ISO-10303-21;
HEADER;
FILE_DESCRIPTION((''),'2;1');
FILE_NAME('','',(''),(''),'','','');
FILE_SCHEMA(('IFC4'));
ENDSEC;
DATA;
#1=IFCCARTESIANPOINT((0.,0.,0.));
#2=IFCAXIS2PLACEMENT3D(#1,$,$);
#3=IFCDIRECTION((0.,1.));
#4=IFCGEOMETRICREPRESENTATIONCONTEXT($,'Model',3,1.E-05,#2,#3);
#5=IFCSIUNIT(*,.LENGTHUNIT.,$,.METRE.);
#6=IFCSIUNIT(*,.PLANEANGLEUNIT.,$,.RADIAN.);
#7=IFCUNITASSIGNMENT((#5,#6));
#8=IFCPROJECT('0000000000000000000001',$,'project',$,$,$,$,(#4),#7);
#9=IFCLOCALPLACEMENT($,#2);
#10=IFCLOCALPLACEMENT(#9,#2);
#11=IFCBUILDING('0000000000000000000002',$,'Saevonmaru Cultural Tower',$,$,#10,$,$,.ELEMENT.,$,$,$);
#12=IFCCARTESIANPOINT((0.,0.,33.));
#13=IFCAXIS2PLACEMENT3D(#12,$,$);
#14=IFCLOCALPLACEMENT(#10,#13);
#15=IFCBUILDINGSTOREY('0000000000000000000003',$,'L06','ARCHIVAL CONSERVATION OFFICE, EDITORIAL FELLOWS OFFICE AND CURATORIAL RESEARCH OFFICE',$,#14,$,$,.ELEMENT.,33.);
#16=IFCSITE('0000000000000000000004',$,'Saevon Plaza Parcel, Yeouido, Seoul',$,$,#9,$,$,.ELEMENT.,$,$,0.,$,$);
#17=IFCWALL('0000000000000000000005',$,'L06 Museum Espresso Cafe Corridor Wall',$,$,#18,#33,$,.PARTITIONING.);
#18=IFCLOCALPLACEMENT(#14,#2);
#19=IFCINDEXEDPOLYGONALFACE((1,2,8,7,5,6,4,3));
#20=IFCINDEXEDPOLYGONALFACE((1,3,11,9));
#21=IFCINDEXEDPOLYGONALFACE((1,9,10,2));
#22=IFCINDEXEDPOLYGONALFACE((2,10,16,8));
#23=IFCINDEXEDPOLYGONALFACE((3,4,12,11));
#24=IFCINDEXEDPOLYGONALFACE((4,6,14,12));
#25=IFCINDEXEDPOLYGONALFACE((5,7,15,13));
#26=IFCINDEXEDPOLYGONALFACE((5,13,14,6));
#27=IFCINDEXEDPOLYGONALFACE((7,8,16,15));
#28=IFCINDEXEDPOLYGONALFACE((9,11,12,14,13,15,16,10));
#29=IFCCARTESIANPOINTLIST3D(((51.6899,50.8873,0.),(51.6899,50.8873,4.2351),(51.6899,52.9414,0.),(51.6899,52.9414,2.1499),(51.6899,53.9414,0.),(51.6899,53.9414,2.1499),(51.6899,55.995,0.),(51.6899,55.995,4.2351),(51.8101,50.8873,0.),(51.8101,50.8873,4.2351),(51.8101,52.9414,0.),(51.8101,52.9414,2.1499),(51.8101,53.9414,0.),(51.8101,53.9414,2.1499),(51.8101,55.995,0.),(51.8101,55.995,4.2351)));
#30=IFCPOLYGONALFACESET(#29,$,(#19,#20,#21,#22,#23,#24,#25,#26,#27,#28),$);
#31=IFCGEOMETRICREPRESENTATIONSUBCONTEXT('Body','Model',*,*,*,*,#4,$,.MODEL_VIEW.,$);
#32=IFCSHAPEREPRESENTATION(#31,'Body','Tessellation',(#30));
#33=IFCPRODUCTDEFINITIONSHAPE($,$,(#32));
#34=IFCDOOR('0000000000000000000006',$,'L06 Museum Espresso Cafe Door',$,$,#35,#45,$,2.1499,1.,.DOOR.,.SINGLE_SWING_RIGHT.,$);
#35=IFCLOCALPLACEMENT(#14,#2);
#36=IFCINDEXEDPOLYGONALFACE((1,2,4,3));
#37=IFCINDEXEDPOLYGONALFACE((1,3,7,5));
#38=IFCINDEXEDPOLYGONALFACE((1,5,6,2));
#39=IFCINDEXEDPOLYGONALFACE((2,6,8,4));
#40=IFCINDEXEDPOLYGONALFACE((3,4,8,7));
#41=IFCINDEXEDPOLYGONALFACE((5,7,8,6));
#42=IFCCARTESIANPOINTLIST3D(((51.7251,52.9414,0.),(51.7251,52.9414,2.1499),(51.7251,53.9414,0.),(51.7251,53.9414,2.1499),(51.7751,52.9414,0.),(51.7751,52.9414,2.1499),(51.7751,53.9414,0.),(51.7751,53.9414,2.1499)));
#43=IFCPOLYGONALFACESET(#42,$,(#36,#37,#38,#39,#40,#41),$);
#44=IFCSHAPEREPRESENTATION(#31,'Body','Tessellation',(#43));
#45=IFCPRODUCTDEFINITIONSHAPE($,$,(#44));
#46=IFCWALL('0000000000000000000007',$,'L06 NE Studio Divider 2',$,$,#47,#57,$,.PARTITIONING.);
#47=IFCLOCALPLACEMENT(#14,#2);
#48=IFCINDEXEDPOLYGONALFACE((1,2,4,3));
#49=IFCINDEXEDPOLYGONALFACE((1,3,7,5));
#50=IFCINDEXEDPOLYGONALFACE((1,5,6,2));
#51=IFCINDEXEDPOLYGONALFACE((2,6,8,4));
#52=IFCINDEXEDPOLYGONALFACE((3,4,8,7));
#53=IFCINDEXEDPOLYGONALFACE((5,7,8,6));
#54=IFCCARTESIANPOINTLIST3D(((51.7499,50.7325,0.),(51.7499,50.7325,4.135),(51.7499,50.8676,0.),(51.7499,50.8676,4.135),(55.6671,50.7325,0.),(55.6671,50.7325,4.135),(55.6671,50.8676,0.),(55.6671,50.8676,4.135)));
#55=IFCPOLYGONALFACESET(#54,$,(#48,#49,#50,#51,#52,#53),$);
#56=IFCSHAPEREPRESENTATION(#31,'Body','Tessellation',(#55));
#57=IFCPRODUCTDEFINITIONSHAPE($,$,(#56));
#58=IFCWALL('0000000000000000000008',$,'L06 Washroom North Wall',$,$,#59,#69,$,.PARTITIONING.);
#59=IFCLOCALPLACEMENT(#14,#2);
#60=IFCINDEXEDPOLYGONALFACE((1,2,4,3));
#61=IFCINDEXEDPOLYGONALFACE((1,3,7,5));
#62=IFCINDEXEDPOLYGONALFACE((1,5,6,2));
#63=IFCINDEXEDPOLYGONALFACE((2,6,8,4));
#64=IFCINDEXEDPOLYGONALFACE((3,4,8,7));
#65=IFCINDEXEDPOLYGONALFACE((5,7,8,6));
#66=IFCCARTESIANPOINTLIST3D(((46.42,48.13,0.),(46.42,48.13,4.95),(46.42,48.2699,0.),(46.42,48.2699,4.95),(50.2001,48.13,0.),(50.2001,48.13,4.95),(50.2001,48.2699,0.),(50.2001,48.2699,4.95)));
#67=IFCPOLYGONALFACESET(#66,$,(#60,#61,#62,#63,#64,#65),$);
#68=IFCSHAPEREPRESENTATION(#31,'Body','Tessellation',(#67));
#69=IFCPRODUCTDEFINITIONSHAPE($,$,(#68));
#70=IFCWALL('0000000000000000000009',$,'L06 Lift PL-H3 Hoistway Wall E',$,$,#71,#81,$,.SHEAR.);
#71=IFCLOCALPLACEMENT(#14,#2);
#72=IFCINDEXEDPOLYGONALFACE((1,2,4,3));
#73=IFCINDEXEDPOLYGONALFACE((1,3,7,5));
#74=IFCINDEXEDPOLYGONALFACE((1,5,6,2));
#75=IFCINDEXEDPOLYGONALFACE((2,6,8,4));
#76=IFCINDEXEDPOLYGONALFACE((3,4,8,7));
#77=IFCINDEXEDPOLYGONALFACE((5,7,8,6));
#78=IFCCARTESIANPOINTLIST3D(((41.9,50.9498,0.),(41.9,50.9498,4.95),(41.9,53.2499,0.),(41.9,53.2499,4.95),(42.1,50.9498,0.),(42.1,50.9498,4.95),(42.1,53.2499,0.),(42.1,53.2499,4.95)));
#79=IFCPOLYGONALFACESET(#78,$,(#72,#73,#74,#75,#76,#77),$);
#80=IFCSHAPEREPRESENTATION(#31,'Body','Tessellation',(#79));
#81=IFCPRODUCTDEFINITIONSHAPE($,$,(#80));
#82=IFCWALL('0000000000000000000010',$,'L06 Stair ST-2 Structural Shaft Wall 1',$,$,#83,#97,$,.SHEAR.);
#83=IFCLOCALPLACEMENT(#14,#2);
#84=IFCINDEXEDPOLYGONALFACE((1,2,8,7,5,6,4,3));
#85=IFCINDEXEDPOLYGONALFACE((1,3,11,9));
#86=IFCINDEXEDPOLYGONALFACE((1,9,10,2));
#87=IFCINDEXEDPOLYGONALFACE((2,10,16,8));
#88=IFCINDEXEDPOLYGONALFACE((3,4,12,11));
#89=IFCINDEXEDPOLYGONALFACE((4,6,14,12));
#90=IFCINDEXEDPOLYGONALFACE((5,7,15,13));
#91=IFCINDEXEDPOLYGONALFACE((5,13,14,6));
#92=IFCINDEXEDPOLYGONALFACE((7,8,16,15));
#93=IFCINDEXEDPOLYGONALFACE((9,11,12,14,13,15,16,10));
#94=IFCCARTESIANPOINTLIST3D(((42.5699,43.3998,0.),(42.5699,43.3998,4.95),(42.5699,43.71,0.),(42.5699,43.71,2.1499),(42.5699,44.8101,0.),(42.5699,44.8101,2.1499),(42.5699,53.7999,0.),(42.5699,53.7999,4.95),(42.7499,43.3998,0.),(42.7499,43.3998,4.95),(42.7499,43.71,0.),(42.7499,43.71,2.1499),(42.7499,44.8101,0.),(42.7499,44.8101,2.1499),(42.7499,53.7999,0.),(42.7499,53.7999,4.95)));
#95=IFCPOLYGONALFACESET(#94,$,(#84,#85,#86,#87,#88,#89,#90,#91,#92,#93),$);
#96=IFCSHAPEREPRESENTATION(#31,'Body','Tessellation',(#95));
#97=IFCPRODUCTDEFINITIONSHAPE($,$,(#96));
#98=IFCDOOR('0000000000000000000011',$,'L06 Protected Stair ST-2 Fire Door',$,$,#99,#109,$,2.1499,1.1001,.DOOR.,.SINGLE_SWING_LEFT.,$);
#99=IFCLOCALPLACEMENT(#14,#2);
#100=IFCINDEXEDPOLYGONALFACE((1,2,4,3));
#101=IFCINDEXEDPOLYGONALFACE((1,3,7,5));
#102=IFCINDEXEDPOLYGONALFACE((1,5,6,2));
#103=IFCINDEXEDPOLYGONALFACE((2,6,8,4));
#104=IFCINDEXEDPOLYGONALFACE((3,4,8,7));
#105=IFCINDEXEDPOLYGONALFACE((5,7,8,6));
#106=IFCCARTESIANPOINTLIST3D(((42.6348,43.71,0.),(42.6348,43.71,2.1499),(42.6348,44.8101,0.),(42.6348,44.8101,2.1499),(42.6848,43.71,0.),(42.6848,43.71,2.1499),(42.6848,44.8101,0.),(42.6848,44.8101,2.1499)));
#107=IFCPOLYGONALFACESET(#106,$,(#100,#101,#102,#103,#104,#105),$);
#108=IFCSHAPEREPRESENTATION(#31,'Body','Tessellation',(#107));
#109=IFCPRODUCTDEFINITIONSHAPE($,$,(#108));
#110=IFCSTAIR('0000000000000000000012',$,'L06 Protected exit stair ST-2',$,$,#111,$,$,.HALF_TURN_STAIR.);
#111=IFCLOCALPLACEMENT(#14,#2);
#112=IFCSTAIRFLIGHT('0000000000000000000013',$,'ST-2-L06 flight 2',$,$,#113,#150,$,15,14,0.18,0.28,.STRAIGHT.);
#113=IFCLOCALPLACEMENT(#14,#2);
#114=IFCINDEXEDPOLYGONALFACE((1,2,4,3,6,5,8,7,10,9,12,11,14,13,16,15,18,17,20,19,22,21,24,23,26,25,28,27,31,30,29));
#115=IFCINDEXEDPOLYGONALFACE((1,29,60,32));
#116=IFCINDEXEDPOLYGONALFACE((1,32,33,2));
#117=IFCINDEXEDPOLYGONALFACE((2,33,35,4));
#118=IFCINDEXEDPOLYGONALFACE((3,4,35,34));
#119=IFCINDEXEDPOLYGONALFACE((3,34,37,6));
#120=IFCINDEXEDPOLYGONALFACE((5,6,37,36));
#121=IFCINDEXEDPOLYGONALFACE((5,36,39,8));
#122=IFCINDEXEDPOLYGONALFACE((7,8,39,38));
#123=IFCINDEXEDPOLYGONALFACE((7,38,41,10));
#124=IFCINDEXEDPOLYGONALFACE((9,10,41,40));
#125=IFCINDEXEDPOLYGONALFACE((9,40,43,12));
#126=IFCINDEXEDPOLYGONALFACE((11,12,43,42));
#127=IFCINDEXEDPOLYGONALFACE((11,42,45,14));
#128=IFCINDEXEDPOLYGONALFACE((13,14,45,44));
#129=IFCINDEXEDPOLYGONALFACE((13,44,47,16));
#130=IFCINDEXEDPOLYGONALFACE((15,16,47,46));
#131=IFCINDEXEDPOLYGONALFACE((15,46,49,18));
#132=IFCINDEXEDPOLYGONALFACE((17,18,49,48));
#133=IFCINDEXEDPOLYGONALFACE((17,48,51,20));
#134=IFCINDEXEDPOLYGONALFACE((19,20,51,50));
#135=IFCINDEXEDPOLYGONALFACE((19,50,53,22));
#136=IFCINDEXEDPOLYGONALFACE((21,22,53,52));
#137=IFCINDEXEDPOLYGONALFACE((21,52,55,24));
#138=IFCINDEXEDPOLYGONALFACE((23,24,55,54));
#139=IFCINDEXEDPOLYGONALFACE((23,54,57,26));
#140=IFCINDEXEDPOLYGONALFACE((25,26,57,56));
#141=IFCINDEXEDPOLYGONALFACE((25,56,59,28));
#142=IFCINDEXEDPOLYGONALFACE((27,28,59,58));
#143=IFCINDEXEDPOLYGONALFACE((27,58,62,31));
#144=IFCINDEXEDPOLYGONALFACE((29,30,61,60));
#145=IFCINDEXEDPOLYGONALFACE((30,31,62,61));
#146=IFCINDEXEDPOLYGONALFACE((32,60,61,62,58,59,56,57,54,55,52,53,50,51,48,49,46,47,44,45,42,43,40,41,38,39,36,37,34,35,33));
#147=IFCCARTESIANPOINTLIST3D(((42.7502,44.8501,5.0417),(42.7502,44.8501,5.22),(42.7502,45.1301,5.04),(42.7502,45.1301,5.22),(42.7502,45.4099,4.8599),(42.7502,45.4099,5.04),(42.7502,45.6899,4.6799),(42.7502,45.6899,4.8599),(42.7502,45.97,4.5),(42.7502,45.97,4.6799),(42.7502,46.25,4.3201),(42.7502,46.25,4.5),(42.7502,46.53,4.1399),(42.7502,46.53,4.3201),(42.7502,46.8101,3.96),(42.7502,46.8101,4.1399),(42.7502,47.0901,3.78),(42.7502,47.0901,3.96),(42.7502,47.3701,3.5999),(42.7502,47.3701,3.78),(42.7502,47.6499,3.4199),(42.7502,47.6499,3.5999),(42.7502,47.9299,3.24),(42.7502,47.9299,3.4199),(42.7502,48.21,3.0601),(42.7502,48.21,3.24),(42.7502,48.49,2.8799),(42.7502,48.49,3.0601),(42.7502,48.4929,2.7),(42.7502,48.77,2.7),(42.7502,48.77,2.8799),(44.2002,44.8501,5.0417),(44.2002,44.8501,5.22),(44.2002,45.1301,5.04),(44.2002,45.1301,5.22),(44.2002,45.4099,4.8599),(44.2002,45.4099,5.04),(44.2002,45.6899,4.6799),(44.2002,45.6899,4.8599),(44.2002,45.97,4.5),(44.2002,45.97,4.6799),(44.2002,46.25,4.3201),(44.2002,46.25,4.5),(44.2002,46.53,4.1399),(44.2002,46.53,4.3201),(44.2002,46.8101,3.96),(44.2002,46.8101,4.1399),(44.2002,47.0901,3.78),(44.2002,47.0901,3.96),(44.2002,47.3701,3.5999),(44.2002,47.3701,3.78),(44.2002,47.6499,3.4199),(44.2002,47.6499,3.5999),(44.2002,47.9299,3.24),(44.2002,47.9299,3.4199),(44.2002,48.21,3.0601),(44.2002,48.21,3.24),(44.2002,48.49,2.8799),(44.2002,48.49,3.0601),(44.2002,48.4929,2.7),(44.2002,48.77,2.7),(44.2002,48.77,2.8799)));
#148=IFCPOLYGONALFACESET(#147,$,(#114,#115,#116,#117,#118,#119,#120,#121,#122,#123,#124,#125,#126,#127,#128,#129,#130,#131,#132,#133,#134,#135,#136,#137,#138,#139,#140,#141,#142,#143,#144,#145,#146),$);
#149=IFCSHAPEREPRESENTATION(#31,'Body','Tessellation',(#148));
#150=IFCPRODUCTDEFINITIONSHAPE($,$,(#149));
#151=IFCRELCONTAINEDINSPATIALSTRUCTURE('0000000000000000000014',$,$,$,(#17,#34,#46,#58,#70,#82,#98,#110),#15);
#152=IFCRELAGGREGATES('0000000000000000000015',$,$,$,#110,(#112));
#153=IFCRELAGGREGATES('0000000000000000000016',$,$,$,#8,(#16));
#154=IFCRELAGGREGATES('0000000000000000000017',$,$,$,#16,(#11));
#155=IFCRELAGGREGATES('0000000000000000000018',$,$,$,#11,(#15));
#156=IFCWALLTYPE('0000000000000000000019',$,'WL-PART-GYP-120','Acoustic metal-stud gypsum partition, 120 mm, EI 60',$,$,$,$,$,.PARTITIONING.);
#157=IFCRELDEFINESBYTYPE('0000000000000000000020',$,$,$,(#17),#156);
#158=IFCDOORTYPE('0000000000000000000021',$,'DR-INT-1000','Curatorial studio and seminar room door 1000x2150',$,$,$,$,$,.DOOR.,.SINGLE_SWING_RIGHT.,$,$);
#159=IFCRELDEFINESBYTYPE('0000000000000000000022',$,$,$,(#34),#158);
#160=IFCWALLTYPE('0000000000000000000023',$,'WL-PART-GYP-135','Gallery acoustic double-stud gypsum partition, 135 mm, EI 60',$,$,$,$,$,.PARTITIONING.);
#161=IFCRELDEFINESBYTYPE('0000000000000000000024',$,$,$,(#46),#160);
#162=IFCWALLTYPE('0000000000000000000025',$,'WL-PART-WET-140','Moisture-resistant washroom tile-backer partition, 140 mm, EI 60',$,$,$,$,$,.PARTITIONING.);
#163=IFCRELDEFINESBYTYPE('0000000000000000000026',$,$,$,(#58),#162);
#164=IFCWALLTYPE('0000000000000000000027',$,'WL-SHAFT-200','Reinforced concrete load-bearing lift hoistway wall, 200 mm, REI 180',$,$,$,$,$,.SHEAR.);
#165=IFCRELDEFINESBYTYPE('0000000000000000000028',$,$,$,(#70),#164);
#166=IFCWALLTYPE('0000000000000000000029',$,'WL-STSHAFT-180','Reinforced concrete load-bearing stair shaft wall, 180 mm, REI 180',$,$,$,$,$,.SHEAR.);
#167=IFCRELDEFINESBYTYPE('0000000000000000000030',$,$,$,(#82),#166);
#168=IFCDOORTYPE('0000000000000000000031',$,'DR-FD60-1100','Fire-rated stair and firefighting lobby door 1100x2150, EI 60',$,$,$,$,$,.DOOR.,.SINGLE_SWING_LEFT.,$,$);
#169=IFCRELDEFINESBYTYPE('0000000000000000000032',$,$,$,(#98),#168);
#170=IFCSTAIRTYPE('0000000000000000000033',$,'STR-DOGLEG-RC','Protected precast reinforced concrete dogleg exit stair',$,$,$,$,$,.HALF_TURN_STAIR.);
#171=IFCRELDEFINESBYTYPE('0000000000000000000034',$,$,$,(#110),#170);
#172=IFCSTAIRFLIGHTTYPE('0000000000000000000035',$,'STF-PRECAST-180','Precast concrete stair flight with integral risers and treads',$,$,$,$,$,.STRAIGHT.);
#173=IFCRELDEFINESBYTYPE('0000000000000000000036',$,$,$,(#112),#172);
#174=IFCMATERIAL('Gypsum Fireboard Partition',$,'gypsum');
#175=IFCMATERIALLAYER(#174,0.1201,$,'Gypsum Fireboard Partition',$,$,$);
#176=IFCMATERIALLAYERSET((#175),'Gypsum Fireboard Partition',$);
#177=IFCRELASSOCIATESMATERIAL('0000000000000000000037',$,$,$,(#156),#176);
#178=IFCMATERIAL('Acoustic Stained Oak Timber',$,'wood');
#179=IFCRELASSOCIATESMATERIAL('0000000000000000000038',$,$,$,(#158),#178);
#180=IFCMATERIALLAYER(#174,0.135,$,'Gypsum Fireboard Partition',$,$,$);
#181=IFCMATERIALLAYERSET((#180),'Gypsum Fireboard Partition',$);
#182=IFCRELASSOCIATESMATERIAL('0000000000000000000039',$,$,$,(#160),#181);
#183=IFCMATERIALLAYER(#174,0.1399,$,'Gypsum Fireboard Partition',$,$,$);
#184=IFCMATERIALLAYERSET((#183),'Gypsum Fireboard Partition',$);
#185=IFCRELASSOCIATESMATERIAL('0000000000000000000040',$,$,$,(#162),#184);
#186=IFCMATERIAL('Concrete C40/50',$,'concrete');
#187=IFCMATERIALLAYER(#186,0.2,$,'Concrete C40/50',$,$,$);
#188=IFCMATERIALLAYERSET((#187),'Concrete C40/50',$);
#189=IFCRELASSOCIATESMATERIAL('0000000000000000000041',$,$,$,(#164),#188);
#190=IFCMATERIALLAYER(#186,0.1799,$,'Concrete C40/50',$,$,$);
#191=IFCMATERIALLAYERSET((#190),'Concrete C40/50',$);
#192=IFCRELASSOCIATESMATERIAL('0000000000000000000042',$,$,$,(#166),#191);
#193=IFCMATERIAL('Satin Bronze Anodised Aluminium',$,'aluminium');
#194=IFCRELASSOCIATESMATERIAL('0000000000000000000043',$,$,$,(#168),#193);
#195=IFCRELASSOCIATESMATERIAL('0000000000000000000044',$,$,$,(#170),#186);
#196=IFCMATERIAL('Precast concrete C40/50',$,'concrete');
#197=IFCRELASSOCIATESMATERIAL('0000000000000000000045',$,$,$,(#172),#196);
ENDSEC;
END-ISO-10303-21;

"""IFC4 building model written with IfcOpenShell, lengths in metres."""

from ifc_helpers import new_model, si_unit, direction, frame, frame_2d, origin, place, context, subcontext, project, spatial, polyline, rectangle, outline, extrude, material, layer, layer_set, type_object, element, fill, aggregate, save


model = new_model("IFC4")

# Units and contexts
model_context = context("Model", 3, precision=1e-05, world=origin(), true_north=direction((0.0, 1.0)))
body_context = subcontext(model_context, "Body", "Model", "MODEL_VIEW")
ifc_project = project(units=[si_unit("LENGTHUNIT", "METRE"), si_unit("PLANEANGLEUNIT", "RADIAN")], contexts=[model_context])

# Site, building, storey
site_placement = place(None, origin())
site = spatial("IfcSite", under=ifc_project, at=site_placement, Name="Saevon Plaza Parcel, Yeouido, Seoul", CompositionType="ELEMENT", RefElevation=0.0)
building_placement = place(site_placement, origin())
building = spatial("IfcBuilding", under=site, at=building_placement, Name="Saevonmaru Cultural Tower", CompositionType="ELEMENT")
storey_placement = place(building_placement, frame((0.0, 0.0, 33.0)))
storey = spatial("IfcBuildingStorey", under=building, at=storey_placement, Name="L06", Description="ARCHIVAL CONSERVATION OFFICE, EDITORIAL FELLOWS OFFICE AND CURATORIAL RESEARCH OFFICE", CompositionType="ELEMENT", Elevation=33.0)

# Shared definitions
ifc_material_1 = material(Name="Satin Bronze Anodised Aluminium", Category="aluminium")

# Wall, opening, door
ifc_material_2 = material(Name="Gypsum Fireboard Partition", Category="gypsum")
ifc_layer_1 = layer(ifc_material_2, 0.1201, Name="Gypsum Fireboard Partition")
ifc_layer_set_1 = layer_set([ifc_layer_1], Name="Gypsum Fireboard Partition")
wall_type_1 = type_object("IfcWallType", Name="WL-PART-GYP-120", Description="Acoustic metal-stud gypsum partition, 120 mm, EI 60", PredefinedType="PARTITIONING", material=ifc_layer_set_1)
ifc_material_3 = material(Name="Acoustic Stained Oak Timber", Category="wood")
wall_1_placement = place(storey_placement, frame((51.75, 50.8875, 0.0), z_axis=(0.0, 0.0, 1.0), x_axis=(0.0, 1.0, 0.0)))
wall_1 = element("IfcWall", 1, at=wall_1_placement, inside=storey, type_object=wall_type_1, Name="L06 Museum Espresso Cafe Corridor Wall", PredefinedType="PARTITIONING", context=body_context, shape_type="SweptSolid", body=[
    extrude(rectangle(XDim=5.1077, YDim=0.1201, at=frame_2d((2.5537, 0.0))), origin(), (0.0, 0.0, 1.0), 4.2351),
])
opening_1_placement = place(wall_1_placement, frame((2.054, 0.0, 0.0)))
opening_1 = element("IfcOpeningElement", 2, at=opening_1_placement, cuts=wall_1, PredefinedType="OPENING", context=body_context, shape_type="SweptSolid", body=[
    extrude(rectangle(XDim=1.0, YDim=2.1499, at=frame_2d((0.5, 1.075))), frame((0.0, 0.0701, 0.0), z_axis=(0.0, -1.0, 0.0), x_axis=(1.0, 0.0, 0.0)), (0.0, 0.0, 1.0), 0.1401),
])
door_type_1 = type_object("IfcDoorType", Name="DR-INT-1000", Description="Curatorial studio and seminar room door 1000x2150", OperationType="SINGLE_SWING_RIGHT", PredefinedType="DOOR", material=ifc_material_3)
door_1_placement = place(opening_1_placement, origin())
door_1 = element("IfcDoor", 3, at=door_1_placement, inside=storey, type_object=door_type_1, Name="L06 Museum Espresso Cafe Door", OperationType="SINGLE_SWING_RIGHT", OverallHeight=2.1499, OverallWidth=1.0, PredefinedType="DOOR", context=body_context, shape_type="SweptSolid", body=[
    extrude(rectangle(XDim=1.0, YDim=2.1499, at=frame_2d((0.5, 1.075))), frame((0.0, 0.0249, 0.0), z_axis=(0.0, -1.0, 0.0), x_axis=(1.0, 0.0, 0.0)), (0.0, 0.0, 1.0), 0.05),
])
fill(opening_1, door_1)

# Walls
ifc_layer_2 = layer(ifc_material_2, 0.135, Name="Gypsum Fireboard Partition")
ifc_layer_set_2 = layer_set([ifc_layer_2], Name="Gypsum Fireboard Partition")
wall_type_2 = type_object("IfcWallType", Name="WL-PART-GYP-135", Description="Gallery acoustic double-stud gypsum partition, 135 mm, EI 60", PredefinedType="PARTITIONING", material=ifc_layer_set_2)
wall_2_placement = place(storey_placement, frame((51.75, 50.8, 0.0), z_axis=(0.0, 0.0, 1.0), x_axis=(1.0, 0.0, 0.0)))
element("IfcWall", 4, at=wall_2_placement, inside=storey, type_object=wall_type_2, Name="L06 NE Studio Divider 2", PredefinedType="PARTITIONING", context=body_context, shape_type="SweptSolid", body=[
    extrude(rectangle(XDim=3.9172, YDim=0.135, at=frame_2d((1.9585, 0.0))), origin(), (0.0, 0.0, 1.0), 4.135),
])
ifc_layer_3 = layer(ifc_material_2, 0.1399, Name="Gypsum Fireboard Partition")
ifc_layer_set_3 = layer_set([ifc_layer_3], Name="Gypsum Fireboard Partition")
wall_type_3 = type_object("IfcWallType", Name="WL-PART-WET-140", Description="Moisture-resistant washroom tile-backer partition, 140 mm, EI 60", PredefinedType="PARTITIONING", material=ifc_layer_set_3)
wall_3_placement = place(storey_placement, frame((46.4199, 48.2, 0.0), z_axis=(0.0, 0.0, 1.0), x_axis=(1.0, 0.0, 0.0)))
element("IfcWall", 5, at=wall_3_placement, inside=storey, type_object=wall_type_3, Name="L06 Washroom North Wall", PredefinedType="PARTITIONING", context=body_context, shape_type="SweptSolid", body=[
    extrude(rectangle(XDim=3.78, YDim=0.1399, at=frame_2d((1.8901, 0.0))), origin(), (0.0, 0.0, 1.0), 4.95),
])
ifc_material_4 = material(Name="Concrete C40/50", Category="concrete")
ifc_layer_4 = layer(ifc_material_4, 0.2, Name="Concrete C40/50")
ifc_layer_set_4 = layer_set([ifc_layer_4], Name="Concrete C40/50")
wall_type_4 = type_object("IfcWallType", Name="WL-SHAFT-200", Description="Reinforced concrete load-bearing lift hoistway wall, 200 mm, REI 180", PredefinedType="SHEAR", material=ifc_layer_set_4)
wall_4_placement = place(storey_placement, frame((42.0, 50.95, 0.0), z_axis=(0.0, 0.0, 1.0), x_axis=(0.0, 1.0, 0.0)))
element("IfcWall", 6, at=wall_4_placement, inside=storey, type_object=wall_type_4, Name="L06 Lift PL-H3 Hoistway Wall E", PredefinedType="SHEAR", context=body_context, shape_type="SweptSolid", body=[
    extrude(rectangle(XDim=2.3, YDim=0.2, at=frame_2d((1.1499, 0.0))), origin(), (0.0, 0.0, 1.0), 4.95),
])

# Wall, opening, door
ifc_layer_5 = layer(ifc_material_4, 0.1799, Name="Concrete C40/50")
ifc_layer_set_5 = layer_set([ifc_layer_5], Name="Concrete C40/50")
wall_type_5 = type_object("IfcWallType", Name="WL-STSHAFT-180", Description="Reinforced concrete load-bearing stair shaft wall, 180 mm, REI 180", PredefinedType="SHEAR", material=ifc_layer_set_5)
wall_5_placement = place(storey_placement, frame((42.6599, 53.8, 0.0), z_axis=(0.0, 0.0, 1.0), x_axis=(0.0, -1.0, 0.0)))
wall_5 = element("IfcWall", 7, at=wall_5_placement, inside=storey, type_object=wall_type_5, Name="L06 Stair ST-2 Structural Shaft Wall 1", PredefinedType="SHEAR", context=body_context, shape_type="SweptSolid", body=[
    extrude(rectangle(XDim=10.4001, YDim=0.1799, at=frame_2d((5.2002, 0.0))), origin(), (0.0, 0.0, 1.0), 4.95),
])
opening_2_placement = place(wall_5_placement, frame((8.99, 0.0, 0.0)))
opening_2 = element("IfcOpeningElement", 8, at=opening_2_placement, cuts=wall_5, PredefinedType="OPENING", context=body_context, shape_type="SweptSolid", body=[
    extrude(rectangle(XDim=1.1001, YDim=2.1499, at=frame_2d((0.55, 1.075))), frame((0.0, 0.1001, 0.0), z_axis=(0.0, -1.0, 0.0), x_axis=(1.0, 0.0, 0.0)), (0.0, 0.0, 1.0), 0.2),
])
door_type_2 = type_object("IfcDoorType", Name="DR-FD60-1100", Description="Fire-rated stair and firefighting lobby door 1100x2150, EI 60", OperationType="SINGLE_SWING_LEFT", PredefinedType="DOOR", material=ifc_material_1)
door_2_placement = place(opening_2_placement, origin())
door_2 = element("IfcDoor", 9, at=door_2_placement, inside=storey, type_object=door_type_2, Name="L06 Protected Stair ST-2 Fire Door", OperationType="SINGLE_SWING_LEFT", OverallHeight=2.1499, OverallWidth=1.1001, PredefinedType="DOOR", context=body_context, shape_type="SweptSolid", body=[
    extrude(rectangle(XDim=1.1001, YDim=2.1499, at=frame_2d((0.55, 1.075))), frame((0.0, 0.0249, 0.0), z_axis=(0.0, -1.0, 0.0), x_axis=(1.0, 0.0, 0.0)), (0.0, 0.0, 1.0), 0.05),
])
fill(opening_2, door_2)

# Stair, stair flight
stair_type = type_object("IfcStairType", Name="STR-DOGLEG-RC", Description="Protected precast reinforced concrete dogleg exit stair", PredefinedType="HALF_TURN_STAIR", material=ifc_material_4)
stair_placement = place(storey_placement, origin())
stair = element("IfcStair", 10, at=stair_placement, inside=storey, type_object=stair_type, Name="L06 Protected exit stair ST-2", PredefinedType="HALF_TURN_STAIR")
ifc_material_5 = material(Name="Precast concrete C40/50", Category="concrete")
stair_flight_type = type_object("IfcStairFlightType", Name="STF-PRECAST-180", Description="Precast concrete stair flight with integral risers and treads", PredefinedType="STRAIGHT", material=ifc_material_5)
stair_flight_placement = place(storey_placement, frame((43.4751, 48.77, 2.7), z_axis=(0.0, 0.0, 1.0), x_axis=(0.0, -1.0, 0.0)))
stair_flight = element("IfcStairFlight", 11, at=stair_flight_placement, type_object=stair_flight_type, Name="ST-2-L06 flight 2", NumberOfRisers=15, NumberOfTreads=14, PredefinedType="STRAIGHT", RiserHeight=0.18, TreadLength=0.28, context=body_context, shape_type="SweptSolid", body=[
    extrude(outline(polyline([(0.0, 0.0), (0.0, 0.1799), (0.28, 0.1799), (0.28, 0.3601), (0.5601, 0.3601), (0.5601, 0.54), (0.8401, 0.54), (0.8401, 0.72), (1.1201, 0.72), (1.1201, 0.8999), (1.3999, 0.8999), (1.3999, 1.0801), (1.6799, 1.0801), (1.6799, 1.26), (1.96, 1.26), (1.96, 1.4399), (2.24, 1.4399), (2.24, 1.6201), (2.52, 1.6201), (2.52, 1.8), (2.8, 1.8), (2.8, 1.98), (3.0801, 1.98), (3.0801, 2.1599), (3.3601, 2.1599), (3.3601, 2.3401), (3.6399, 2.3401), (3.6399, 2.52), (3.9199, 2.52), (3.9199, 2.7), (3.9199, 2.3418), (0.2771, 0.0), (0.0, 0.0)])), frame((0.0, 0.7251, 0.0), z_axis=(0.0, -1.0, 0.0), x_axis=(1.0, 0.0, 0.0)), (0.0, 0.0, 1.0), 1.45),
])
aggregate(stair, [stair_flight])

save(model, "model.ifc")
